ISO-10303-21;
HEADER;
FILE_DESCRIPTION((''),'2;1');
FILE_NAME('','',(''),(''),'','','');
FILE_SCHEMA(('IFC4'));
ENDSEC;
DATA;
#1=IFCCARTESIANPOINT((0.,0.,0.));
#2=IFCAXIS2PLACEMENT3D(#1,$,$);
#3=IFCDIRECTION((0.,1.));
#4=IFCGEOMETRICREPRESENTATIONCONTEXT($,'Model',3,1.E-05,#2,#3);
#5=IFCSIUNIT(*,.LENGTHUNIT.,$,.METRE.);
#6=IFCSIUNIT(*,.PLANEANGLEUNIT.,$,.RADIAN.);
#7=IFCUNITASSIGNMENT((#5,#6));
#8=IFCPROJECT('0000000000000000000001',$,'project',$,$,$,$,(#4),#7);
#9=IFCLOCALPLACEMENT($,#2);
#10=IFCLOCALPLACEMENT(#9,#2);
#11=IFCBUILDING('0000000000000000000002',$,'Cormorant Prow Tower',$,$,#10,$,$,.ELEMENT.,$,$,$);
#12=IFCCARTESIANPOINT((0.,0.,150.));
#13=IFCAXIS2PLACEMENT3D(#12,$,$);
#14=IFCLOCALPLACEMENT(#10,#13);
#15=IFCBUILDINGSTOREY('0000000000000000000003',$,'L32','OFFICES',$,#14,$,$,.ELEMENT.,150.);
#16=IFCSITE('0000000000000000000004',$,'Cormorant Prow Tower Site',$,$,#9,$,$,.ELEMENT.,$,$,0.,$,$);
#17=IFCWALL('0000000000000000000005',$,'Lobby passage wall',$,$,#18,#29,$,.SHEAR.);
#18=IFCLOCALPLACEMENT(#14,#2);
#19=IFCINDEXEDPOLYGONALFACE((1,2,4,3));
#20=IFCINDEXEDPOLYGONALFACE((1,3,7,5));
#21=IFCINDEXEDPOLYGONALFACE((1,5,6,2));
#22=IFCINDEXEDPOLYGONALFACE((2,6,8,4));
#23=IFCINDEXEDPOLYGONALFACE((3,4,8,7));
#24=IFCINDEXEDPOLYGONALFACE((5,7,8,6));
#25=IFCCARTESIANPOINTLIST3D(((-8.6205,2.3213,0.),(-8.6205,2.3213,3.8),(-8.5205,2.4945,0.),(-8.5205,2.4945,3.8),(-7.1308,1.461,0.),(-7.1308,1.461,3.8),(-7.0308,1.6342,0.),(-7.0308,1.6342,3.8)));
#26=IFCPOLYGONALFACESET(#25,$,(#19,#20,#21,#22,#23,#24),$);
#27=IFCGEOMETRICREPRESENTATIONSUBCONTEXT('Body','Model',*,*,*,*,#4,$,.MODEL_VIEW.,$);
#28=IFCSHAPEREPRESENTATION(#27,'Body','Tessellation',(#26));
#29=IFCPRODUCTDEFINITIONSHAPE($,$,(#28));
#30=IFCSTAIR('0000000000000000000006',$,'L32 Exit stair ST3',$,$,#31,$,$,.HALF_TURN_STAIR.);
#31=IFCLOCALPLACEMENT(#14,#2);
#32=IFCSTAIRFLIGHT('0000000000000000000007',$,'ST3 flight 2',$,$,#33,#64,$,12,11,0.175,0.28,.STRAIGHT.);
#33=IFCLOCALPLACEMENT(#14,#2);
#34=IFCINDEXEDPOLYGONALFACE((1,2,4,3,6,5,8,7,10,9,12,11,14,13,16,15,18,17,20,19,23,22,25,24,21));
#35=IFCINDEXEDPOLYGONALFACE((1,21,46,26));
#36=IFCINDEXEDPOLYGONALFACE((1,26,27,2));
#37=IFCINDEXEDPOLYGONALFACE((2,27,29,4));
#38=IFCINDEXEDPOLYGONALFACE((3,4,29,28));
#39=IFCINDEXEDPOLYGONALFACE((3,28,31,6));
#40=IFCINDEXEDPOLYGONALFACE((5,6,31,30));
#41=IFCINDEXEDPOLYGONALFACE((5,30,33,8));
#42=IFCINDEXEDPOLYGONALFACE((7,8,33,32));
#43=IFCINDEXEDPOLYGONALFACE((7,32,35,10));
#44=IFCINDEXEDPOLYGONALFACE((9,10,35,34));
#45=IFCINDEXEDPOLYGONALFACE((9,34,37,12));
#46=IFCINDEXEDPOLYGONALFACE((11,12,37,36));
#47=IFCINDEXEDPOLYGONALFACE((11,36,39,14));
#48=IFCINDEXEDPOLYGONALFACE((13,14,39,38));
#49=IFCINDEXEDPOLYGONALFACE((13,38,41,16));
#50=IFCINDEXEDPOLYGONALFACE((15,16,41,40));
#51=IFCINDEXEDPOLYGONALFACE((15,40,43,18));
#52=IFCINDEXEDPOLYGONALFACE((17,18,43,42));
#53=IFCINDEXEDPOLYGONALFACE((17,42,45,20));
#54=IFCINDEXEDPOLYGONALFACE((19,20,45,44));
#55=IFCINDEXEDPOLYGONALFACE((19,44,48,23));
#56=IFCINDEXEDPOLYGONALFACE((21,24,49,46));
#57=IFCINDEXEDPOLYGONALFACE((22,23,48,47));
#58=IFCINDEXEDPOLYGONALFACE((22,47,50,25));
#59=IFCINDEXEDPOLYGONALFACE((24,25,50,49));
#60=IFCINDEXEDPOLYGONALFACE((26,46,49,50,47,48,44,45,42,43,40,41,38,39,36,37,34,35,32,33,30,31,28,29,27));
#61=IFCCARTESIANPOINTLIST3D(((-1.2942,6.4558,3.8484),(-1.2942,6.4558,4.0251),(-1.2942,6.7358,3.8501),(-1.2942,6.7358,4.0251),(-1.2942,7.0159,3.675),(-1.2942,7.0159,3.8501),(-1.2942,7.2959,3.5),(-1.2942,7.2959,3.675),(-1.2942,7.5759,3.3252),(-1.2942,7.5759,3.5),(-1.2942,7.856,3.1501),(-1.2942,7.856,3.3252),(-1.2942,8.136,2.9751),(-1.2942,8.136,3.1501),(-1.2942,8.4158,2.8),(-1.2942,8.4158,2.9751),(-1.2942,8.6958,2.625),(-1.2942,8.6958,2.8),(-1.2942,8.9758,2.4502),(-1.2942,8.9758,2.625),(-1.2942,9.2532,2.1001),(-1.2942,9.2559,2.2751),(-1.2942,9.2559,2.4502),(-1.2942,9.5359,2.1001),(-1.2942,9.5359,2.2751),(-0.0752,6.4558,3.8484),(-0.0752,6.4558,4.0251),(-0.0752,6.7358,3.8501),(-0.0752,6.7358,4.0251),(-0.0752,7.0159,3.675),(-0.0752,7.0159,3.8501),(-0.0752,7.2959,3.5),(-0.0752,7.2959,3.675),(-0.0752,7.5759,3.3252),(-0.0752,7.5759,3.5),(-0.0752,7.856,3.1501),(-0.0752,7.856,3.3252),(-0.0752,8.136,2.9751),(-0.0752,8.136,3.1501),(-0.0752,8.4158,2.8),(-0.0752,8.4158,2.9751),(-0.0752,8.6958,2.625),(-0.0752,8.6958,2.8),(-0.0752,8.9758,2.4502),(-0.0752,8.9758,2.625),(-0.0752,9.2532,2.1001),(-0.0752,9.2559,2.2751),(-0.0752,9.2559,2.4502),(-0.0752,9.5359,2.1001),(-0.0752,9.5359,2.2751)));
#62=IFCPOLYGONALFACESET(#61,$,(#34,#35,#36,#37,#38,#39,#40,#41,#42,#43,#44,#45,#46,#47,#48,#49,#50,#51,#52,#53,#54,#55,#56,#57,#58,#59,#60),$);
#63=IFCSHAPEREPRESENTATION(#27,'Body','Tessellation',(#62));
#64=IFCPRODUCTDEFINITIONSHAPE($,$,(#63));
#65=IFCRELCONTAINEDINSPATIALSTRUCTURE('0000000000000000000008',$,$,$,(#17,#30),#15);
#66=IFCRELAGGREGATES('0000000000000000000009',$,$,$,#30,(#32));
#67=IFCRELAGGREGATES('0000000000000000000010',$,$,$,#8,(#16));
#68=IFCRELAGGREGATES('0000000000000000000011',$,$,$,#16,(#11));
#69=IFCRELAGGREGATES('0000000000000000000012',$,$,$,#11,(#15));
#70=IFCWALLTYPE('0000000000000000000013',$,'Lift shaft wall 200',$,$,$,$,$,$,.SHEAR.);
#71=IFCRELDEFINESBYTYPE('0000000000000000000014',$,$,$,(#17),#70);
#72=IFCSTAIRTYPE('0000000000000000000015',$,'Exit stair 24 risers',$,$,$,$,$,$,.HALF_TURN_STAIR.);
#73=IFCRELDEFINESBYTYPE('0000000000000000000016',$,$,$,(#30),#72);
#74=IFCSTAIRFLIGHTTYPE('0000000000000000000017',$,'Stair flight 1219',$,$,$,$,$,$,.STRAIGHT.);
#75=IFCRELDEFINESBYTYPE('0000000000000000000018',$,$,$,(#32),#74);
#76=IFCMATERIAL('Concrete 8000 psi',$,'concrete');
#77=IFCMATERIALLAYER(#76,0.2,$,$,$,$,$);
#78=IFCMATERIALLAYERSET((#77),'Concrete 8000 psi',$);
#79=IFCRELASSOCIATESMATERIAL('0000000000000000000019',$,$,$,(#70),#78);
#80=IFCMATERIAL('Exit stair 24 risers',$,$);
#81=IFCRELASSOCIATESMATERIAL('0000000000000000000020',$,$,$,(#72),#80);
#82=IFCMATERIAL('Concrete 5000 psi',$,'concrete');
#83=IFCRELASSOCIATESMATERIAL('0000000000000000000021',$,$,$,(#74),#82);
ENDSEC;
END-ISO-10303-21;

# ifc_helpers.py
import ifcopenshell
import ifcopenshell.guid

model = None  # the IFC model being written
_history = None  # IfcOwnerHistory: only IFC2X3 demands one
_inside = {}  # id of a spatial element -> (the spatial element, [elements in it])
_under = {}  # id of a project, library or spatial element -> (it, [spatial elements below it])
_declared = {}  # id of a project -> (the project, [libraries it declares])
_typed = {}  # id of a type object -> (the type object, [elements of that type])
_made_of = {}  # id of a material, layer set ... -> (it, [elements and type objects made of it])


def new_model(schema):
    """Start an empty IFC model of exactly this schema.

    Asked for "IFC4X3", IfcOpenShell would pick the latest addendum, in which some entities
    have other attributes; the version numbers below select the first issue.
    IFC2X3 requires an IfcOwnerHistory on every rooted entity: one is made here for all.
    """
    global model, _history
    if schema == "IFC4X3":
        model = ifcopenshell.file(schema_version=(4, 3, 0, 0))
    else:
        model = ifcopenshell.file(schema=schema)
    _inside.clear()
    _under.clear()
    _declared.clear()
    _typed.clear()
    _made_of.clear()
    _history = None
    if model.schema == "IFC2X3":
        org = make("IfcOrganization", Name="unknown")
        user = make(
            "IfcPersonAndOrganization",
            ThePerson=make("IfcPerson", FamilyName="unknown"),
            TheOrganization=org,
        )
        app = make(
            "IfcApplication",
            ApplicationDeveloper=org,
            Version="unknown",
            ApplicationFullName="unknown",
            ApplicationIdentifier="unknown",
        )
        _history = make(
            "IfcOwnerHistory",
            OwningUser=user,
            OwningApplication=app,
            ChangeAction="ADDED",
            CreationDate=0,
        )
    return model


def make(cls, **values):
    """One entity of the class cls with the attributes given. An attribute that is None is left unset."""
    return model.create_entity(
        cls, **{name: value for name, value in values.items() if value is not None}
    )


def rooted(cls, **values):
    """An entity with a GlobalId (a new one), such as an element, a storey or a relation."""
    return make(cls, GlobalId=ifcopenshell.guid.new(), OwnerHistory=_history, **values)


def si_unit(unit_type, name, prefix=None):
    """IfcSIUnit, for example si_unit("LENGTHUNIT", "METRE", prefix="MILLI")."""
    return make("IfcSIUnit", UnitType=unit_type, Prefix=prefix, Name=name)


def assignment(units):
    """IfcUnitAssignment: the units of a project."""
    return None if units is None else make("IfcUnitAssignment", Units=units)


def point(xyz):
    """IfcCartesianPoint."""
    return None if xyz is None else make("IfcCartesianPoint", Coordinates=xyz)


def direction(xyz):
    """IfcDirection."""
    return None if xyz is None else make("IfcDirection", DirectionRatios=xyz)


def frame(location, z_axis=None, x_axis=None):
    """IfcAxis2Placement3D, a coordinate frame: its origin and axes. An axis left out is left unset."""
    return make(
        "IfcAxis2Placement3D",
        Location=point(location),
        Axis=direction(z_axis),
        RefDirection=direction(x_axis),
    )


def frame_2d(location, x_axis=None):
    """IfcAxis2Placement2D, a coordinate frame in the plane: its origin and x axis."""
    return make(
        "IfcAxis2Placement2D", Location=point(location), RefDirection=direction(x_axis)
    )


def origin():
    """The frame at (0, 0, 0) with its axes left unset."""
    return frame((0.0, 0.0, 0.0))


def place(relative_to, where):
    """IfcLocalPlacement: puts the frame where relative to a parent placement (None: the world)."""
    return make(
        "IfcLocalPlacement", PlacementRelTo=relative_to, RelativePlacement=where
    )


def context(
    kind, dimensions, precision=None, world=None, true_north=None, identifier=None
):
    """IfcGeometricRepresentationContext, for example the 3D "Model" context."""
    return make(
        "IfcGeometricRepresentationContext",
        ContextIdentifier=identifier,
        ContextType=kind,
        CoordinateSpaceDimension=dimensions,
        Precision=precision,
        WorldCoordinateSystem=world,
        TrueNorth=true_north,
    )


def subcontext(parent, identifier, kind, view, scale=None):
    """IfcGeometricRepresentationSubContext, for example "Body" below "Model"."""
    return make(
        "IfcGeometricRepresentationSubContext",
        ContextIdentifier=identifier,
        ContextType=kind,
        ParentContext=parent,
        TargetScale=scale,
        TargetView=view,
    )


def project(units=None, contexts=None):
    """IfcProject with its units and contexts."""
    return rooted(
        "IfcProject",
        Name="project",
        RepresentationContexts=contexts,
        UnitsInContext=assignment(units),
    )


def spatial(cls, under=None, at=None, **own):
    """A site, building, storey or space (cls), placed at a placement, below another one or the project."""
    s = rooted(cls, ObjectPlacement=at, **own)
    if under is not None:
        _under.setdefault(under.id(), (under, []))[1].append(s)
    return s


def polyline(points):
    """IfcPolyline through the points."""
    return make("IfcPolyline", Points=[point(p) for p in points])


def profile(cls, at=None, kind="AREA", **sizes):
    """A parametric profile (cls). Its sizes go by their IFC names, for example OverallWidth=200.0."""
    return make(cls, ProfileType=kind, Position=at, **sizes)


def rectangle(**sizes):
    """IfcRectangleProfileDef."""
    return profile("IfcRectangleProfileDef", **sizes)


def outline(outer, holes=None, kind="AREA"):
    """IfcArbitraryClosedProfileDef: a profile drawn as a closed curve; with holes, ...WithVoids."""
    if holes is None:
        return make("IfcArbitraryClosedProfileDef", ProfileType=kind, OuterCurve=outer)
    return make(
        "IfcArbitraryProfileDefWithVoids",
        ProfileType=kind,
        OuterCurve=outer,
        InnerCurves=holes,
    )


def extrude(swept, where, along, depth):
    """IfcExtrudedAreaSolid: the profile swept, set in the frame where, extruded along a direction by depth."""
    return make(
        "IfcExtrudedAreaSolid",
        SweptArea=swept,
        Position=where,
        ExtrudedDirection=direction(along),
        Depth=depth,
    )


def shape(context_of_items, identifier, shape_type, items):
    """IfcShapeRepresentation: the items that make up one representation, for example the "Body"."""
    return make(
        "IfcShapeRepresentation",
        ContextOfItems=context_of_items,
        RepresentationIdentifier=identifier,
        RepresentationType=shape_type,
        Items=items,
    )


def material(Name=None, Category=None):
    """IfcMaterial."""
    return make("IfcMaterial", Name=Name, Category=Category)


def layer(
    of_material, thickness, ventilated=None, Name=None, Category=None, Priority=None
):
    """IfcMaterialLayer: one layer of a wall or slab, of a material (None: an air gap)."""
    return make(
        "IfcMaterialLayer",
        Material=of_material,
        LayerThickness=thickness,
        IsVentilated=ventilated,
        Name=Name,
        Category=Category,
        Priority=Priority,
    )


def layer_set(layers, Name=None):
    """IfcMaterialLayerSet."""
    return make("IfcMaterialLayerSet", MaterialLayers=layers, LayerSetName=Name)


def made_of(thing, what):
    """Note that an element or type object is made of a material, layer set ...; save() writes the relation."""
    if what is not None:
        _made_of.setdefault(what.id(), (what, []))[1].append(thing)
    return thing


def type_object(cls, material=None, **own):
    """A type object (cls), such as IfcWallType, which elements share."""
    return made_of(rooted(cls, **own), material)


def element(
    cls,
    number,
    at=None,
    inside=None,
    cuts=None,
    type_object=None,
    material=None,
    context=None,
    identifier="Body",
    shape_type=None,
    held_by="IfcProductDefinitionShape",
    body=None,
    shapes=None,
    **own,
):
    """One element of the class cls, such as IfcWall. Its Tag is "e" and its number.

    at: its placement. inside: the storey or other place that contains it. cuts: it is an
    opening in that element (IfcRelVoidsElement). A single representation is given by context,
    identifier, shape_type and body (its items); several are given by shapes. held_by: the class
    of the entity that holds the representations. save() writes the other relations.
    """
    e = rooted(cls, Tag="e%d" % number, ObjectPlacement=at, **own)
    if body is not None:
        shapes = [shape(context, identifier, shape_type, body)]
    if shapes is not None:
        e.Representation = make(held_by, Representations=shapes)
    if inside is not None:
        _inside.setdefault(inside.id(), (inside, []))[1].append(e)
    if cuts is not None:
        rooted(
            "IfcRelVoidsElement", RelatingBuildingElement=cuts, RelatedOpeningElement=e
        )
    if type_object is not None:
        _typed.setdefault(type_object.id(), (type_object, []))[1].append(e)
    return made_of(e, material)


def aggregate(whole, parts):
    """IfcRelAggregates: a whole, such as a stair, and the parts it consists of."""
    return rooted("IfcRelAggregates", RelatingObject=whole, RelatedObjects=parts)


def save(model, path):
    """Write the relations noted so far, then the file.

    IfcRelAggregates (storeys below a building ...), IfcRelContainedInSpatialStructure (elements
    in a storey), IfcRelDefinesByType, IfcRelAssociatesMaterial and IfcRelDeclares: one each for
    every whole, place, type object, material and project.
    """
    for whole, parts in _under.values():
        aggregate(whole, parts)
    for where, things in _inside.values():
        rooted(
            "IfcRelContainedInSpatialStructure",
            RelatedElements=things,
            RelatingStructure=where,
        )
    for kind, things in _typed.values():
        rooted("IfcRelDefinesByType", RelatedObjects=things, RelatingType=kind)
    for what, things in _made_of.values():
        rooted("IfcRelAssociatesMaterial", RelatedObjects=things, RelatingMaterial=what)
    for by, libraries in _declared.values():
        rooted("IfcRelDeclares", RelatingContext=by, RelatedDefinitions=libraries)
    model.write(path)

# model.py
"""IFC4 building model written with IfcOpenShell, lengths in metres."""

from ifc_helpers import new_model, si_unit, direction, frame, frame_2d, origin, place, context, subcontext, project, spatial, polyline, rectangle, outline, extrude, material, layer, layer_set, type_object, element, aggregate, save


model = new_model("IFC4")

# Units and contexts
model_context = context("Model", 3, precision=1e-05, world=origin(), true_north=direction((0.0, 1.0)))
body_context = subcontext(model_context, "Body", "Model", "MODEL_VIEW")
ifc_project = project(units=[si_unit("LENGTHUNIT", "METRE"), si_unit("PLANEANGLEUNIT", "RADIAN")], contexts=[model_context])

# Site, building, storey
site_placement = place(None, origin())
site = spatial("IfcSite", under=ifc_project, at=site_placement, Name="Cormorant Prow Tower Site", CompositionType="ELEMENT", RefElevation=0.0)
building_placement = place(site_placement, origin())
building = spatial("IfcBuilding", under=site, at=building_placement, Name="Cormorant Prow Tower", CompositionType="ELEMENT")
storey_placement = place(building_placement, frame((0.0, 0.0, 150.0)))
storey = spatial("IfcBuildingStorey", under=building, at=storey_placement, Name="L32", Description="OFFICES", CompositionType="ELEMENT", Elevation=150.0)

# Wall
ifc_material_1 = material(Name="Concrete 8000 psi", Category="concrete")
ifc_layer_1 = layer(ifc_material_1, 0.2)
ifc_layer_set_1 = layer_set([ifc_layer_1], Name="Concrete 8000 psi")
wall_type_1 = type_object("IfcWallType", Name="Lift shaft wall 200", PredefinedType="SHEAR", material=ifc_layer_set_1)
wall_1_placement = place(storey_placement, frame((-7.0808, 1.5476, 0.0), z_axis=(0.0, 0.0, 1.0), x_axis=(-0.865963, 0.500107, 0.0)))
element("IfcWall", 1, at=wall_1_placement, inside=storey, type_object=wall_type_1, Name="Lobby passage wall", PredefinedType="SHEAR", context=body_context, shape_type="SweptSolid", body=[
    extrude(rectangle(XDim=1.7202, YDim=0.2, at=frame_2d((0.8601, 0.0))), origin(), (0.0, 0.0, 1.0), 3.8),
])

# Stair, stair flight
ifc_material_2 = material(Name="Exit stair 24 risers")
stair_type = type_object("IfcStairType", Name="Exit stair 24 risers", PredefinedType="HALF_TURN_STAIR", material=ifc_material_2)
stair_placement = place(storey_placement, origin())
stair = element("IfcStair", 2, at=stair_placement, inside=storey, type_object=stair_type, Name="L32 Exit stair ST3", PredefinedType="HALF_TURN_STAIR")
ifc_material_3 = material(Name="Concrete 5000 psi", Category="concrete")
stair_flight_type = type_object("IfcStairFlightType", Name="Stair flight 1219", PredefinedType="STRAIGHT", material=ifc_material_3)
stair_flight_placement = place(storey_placement, frame((-0.6846, 9.5359, 2.1001), z_axis=(0.0, 0.0, 1.0), x_axis=(0.0, -1.0, 0.0)))
stair_flight = element("IfcStairFlight", 3, at=stair_flight_placement, type_object=stair_flight_type, Name="ST3 flight 2", NumberOfRisers=12, NumberOfTreads=11, PredefinedType="STRAIGHT", RiserHeight=0.175, TreadLength=0.28, context=body_context, shape_type="SweptSolid", body=[
    extrude(outline(polyline([(0.0, 0.0), (0.0, 0.175), (0.28, 0.175), (0.28, 0.3501), (0.5601, 0.3501), (0.5601, 0.5249), (0.8401, 0.5249), (0.8401, 0.7), (1.1201, 0.7), (1.1201, 0.875), (1.3999, 0.875), (1.3999, 1.05), (1.6799, 1.05), (1.6799, 1.2251), (1.96, 1.2251), (1.96, 1.3999), (2.24, 1.3999), (2.24, 1.575), (2.52, 1.575), (2.52, 1.75), (2.8, 1.75), (2.8, 1.925), (3.0801, 1.925), (3.0801, 2.1001), (3.0801, 1.7483), (0.2827, 0.0), (0.0, 0.0)])), frame((0.0, 0.6094, 0.0), z_axis=(0.0, -1.0, 0.0), x_axis=(1.0, 0.0, 0.0)), (0.0, 0.0, 1.0), 1.219),
])
aggregate(stair, [stair_flight])

save(model, "model.ifc")
